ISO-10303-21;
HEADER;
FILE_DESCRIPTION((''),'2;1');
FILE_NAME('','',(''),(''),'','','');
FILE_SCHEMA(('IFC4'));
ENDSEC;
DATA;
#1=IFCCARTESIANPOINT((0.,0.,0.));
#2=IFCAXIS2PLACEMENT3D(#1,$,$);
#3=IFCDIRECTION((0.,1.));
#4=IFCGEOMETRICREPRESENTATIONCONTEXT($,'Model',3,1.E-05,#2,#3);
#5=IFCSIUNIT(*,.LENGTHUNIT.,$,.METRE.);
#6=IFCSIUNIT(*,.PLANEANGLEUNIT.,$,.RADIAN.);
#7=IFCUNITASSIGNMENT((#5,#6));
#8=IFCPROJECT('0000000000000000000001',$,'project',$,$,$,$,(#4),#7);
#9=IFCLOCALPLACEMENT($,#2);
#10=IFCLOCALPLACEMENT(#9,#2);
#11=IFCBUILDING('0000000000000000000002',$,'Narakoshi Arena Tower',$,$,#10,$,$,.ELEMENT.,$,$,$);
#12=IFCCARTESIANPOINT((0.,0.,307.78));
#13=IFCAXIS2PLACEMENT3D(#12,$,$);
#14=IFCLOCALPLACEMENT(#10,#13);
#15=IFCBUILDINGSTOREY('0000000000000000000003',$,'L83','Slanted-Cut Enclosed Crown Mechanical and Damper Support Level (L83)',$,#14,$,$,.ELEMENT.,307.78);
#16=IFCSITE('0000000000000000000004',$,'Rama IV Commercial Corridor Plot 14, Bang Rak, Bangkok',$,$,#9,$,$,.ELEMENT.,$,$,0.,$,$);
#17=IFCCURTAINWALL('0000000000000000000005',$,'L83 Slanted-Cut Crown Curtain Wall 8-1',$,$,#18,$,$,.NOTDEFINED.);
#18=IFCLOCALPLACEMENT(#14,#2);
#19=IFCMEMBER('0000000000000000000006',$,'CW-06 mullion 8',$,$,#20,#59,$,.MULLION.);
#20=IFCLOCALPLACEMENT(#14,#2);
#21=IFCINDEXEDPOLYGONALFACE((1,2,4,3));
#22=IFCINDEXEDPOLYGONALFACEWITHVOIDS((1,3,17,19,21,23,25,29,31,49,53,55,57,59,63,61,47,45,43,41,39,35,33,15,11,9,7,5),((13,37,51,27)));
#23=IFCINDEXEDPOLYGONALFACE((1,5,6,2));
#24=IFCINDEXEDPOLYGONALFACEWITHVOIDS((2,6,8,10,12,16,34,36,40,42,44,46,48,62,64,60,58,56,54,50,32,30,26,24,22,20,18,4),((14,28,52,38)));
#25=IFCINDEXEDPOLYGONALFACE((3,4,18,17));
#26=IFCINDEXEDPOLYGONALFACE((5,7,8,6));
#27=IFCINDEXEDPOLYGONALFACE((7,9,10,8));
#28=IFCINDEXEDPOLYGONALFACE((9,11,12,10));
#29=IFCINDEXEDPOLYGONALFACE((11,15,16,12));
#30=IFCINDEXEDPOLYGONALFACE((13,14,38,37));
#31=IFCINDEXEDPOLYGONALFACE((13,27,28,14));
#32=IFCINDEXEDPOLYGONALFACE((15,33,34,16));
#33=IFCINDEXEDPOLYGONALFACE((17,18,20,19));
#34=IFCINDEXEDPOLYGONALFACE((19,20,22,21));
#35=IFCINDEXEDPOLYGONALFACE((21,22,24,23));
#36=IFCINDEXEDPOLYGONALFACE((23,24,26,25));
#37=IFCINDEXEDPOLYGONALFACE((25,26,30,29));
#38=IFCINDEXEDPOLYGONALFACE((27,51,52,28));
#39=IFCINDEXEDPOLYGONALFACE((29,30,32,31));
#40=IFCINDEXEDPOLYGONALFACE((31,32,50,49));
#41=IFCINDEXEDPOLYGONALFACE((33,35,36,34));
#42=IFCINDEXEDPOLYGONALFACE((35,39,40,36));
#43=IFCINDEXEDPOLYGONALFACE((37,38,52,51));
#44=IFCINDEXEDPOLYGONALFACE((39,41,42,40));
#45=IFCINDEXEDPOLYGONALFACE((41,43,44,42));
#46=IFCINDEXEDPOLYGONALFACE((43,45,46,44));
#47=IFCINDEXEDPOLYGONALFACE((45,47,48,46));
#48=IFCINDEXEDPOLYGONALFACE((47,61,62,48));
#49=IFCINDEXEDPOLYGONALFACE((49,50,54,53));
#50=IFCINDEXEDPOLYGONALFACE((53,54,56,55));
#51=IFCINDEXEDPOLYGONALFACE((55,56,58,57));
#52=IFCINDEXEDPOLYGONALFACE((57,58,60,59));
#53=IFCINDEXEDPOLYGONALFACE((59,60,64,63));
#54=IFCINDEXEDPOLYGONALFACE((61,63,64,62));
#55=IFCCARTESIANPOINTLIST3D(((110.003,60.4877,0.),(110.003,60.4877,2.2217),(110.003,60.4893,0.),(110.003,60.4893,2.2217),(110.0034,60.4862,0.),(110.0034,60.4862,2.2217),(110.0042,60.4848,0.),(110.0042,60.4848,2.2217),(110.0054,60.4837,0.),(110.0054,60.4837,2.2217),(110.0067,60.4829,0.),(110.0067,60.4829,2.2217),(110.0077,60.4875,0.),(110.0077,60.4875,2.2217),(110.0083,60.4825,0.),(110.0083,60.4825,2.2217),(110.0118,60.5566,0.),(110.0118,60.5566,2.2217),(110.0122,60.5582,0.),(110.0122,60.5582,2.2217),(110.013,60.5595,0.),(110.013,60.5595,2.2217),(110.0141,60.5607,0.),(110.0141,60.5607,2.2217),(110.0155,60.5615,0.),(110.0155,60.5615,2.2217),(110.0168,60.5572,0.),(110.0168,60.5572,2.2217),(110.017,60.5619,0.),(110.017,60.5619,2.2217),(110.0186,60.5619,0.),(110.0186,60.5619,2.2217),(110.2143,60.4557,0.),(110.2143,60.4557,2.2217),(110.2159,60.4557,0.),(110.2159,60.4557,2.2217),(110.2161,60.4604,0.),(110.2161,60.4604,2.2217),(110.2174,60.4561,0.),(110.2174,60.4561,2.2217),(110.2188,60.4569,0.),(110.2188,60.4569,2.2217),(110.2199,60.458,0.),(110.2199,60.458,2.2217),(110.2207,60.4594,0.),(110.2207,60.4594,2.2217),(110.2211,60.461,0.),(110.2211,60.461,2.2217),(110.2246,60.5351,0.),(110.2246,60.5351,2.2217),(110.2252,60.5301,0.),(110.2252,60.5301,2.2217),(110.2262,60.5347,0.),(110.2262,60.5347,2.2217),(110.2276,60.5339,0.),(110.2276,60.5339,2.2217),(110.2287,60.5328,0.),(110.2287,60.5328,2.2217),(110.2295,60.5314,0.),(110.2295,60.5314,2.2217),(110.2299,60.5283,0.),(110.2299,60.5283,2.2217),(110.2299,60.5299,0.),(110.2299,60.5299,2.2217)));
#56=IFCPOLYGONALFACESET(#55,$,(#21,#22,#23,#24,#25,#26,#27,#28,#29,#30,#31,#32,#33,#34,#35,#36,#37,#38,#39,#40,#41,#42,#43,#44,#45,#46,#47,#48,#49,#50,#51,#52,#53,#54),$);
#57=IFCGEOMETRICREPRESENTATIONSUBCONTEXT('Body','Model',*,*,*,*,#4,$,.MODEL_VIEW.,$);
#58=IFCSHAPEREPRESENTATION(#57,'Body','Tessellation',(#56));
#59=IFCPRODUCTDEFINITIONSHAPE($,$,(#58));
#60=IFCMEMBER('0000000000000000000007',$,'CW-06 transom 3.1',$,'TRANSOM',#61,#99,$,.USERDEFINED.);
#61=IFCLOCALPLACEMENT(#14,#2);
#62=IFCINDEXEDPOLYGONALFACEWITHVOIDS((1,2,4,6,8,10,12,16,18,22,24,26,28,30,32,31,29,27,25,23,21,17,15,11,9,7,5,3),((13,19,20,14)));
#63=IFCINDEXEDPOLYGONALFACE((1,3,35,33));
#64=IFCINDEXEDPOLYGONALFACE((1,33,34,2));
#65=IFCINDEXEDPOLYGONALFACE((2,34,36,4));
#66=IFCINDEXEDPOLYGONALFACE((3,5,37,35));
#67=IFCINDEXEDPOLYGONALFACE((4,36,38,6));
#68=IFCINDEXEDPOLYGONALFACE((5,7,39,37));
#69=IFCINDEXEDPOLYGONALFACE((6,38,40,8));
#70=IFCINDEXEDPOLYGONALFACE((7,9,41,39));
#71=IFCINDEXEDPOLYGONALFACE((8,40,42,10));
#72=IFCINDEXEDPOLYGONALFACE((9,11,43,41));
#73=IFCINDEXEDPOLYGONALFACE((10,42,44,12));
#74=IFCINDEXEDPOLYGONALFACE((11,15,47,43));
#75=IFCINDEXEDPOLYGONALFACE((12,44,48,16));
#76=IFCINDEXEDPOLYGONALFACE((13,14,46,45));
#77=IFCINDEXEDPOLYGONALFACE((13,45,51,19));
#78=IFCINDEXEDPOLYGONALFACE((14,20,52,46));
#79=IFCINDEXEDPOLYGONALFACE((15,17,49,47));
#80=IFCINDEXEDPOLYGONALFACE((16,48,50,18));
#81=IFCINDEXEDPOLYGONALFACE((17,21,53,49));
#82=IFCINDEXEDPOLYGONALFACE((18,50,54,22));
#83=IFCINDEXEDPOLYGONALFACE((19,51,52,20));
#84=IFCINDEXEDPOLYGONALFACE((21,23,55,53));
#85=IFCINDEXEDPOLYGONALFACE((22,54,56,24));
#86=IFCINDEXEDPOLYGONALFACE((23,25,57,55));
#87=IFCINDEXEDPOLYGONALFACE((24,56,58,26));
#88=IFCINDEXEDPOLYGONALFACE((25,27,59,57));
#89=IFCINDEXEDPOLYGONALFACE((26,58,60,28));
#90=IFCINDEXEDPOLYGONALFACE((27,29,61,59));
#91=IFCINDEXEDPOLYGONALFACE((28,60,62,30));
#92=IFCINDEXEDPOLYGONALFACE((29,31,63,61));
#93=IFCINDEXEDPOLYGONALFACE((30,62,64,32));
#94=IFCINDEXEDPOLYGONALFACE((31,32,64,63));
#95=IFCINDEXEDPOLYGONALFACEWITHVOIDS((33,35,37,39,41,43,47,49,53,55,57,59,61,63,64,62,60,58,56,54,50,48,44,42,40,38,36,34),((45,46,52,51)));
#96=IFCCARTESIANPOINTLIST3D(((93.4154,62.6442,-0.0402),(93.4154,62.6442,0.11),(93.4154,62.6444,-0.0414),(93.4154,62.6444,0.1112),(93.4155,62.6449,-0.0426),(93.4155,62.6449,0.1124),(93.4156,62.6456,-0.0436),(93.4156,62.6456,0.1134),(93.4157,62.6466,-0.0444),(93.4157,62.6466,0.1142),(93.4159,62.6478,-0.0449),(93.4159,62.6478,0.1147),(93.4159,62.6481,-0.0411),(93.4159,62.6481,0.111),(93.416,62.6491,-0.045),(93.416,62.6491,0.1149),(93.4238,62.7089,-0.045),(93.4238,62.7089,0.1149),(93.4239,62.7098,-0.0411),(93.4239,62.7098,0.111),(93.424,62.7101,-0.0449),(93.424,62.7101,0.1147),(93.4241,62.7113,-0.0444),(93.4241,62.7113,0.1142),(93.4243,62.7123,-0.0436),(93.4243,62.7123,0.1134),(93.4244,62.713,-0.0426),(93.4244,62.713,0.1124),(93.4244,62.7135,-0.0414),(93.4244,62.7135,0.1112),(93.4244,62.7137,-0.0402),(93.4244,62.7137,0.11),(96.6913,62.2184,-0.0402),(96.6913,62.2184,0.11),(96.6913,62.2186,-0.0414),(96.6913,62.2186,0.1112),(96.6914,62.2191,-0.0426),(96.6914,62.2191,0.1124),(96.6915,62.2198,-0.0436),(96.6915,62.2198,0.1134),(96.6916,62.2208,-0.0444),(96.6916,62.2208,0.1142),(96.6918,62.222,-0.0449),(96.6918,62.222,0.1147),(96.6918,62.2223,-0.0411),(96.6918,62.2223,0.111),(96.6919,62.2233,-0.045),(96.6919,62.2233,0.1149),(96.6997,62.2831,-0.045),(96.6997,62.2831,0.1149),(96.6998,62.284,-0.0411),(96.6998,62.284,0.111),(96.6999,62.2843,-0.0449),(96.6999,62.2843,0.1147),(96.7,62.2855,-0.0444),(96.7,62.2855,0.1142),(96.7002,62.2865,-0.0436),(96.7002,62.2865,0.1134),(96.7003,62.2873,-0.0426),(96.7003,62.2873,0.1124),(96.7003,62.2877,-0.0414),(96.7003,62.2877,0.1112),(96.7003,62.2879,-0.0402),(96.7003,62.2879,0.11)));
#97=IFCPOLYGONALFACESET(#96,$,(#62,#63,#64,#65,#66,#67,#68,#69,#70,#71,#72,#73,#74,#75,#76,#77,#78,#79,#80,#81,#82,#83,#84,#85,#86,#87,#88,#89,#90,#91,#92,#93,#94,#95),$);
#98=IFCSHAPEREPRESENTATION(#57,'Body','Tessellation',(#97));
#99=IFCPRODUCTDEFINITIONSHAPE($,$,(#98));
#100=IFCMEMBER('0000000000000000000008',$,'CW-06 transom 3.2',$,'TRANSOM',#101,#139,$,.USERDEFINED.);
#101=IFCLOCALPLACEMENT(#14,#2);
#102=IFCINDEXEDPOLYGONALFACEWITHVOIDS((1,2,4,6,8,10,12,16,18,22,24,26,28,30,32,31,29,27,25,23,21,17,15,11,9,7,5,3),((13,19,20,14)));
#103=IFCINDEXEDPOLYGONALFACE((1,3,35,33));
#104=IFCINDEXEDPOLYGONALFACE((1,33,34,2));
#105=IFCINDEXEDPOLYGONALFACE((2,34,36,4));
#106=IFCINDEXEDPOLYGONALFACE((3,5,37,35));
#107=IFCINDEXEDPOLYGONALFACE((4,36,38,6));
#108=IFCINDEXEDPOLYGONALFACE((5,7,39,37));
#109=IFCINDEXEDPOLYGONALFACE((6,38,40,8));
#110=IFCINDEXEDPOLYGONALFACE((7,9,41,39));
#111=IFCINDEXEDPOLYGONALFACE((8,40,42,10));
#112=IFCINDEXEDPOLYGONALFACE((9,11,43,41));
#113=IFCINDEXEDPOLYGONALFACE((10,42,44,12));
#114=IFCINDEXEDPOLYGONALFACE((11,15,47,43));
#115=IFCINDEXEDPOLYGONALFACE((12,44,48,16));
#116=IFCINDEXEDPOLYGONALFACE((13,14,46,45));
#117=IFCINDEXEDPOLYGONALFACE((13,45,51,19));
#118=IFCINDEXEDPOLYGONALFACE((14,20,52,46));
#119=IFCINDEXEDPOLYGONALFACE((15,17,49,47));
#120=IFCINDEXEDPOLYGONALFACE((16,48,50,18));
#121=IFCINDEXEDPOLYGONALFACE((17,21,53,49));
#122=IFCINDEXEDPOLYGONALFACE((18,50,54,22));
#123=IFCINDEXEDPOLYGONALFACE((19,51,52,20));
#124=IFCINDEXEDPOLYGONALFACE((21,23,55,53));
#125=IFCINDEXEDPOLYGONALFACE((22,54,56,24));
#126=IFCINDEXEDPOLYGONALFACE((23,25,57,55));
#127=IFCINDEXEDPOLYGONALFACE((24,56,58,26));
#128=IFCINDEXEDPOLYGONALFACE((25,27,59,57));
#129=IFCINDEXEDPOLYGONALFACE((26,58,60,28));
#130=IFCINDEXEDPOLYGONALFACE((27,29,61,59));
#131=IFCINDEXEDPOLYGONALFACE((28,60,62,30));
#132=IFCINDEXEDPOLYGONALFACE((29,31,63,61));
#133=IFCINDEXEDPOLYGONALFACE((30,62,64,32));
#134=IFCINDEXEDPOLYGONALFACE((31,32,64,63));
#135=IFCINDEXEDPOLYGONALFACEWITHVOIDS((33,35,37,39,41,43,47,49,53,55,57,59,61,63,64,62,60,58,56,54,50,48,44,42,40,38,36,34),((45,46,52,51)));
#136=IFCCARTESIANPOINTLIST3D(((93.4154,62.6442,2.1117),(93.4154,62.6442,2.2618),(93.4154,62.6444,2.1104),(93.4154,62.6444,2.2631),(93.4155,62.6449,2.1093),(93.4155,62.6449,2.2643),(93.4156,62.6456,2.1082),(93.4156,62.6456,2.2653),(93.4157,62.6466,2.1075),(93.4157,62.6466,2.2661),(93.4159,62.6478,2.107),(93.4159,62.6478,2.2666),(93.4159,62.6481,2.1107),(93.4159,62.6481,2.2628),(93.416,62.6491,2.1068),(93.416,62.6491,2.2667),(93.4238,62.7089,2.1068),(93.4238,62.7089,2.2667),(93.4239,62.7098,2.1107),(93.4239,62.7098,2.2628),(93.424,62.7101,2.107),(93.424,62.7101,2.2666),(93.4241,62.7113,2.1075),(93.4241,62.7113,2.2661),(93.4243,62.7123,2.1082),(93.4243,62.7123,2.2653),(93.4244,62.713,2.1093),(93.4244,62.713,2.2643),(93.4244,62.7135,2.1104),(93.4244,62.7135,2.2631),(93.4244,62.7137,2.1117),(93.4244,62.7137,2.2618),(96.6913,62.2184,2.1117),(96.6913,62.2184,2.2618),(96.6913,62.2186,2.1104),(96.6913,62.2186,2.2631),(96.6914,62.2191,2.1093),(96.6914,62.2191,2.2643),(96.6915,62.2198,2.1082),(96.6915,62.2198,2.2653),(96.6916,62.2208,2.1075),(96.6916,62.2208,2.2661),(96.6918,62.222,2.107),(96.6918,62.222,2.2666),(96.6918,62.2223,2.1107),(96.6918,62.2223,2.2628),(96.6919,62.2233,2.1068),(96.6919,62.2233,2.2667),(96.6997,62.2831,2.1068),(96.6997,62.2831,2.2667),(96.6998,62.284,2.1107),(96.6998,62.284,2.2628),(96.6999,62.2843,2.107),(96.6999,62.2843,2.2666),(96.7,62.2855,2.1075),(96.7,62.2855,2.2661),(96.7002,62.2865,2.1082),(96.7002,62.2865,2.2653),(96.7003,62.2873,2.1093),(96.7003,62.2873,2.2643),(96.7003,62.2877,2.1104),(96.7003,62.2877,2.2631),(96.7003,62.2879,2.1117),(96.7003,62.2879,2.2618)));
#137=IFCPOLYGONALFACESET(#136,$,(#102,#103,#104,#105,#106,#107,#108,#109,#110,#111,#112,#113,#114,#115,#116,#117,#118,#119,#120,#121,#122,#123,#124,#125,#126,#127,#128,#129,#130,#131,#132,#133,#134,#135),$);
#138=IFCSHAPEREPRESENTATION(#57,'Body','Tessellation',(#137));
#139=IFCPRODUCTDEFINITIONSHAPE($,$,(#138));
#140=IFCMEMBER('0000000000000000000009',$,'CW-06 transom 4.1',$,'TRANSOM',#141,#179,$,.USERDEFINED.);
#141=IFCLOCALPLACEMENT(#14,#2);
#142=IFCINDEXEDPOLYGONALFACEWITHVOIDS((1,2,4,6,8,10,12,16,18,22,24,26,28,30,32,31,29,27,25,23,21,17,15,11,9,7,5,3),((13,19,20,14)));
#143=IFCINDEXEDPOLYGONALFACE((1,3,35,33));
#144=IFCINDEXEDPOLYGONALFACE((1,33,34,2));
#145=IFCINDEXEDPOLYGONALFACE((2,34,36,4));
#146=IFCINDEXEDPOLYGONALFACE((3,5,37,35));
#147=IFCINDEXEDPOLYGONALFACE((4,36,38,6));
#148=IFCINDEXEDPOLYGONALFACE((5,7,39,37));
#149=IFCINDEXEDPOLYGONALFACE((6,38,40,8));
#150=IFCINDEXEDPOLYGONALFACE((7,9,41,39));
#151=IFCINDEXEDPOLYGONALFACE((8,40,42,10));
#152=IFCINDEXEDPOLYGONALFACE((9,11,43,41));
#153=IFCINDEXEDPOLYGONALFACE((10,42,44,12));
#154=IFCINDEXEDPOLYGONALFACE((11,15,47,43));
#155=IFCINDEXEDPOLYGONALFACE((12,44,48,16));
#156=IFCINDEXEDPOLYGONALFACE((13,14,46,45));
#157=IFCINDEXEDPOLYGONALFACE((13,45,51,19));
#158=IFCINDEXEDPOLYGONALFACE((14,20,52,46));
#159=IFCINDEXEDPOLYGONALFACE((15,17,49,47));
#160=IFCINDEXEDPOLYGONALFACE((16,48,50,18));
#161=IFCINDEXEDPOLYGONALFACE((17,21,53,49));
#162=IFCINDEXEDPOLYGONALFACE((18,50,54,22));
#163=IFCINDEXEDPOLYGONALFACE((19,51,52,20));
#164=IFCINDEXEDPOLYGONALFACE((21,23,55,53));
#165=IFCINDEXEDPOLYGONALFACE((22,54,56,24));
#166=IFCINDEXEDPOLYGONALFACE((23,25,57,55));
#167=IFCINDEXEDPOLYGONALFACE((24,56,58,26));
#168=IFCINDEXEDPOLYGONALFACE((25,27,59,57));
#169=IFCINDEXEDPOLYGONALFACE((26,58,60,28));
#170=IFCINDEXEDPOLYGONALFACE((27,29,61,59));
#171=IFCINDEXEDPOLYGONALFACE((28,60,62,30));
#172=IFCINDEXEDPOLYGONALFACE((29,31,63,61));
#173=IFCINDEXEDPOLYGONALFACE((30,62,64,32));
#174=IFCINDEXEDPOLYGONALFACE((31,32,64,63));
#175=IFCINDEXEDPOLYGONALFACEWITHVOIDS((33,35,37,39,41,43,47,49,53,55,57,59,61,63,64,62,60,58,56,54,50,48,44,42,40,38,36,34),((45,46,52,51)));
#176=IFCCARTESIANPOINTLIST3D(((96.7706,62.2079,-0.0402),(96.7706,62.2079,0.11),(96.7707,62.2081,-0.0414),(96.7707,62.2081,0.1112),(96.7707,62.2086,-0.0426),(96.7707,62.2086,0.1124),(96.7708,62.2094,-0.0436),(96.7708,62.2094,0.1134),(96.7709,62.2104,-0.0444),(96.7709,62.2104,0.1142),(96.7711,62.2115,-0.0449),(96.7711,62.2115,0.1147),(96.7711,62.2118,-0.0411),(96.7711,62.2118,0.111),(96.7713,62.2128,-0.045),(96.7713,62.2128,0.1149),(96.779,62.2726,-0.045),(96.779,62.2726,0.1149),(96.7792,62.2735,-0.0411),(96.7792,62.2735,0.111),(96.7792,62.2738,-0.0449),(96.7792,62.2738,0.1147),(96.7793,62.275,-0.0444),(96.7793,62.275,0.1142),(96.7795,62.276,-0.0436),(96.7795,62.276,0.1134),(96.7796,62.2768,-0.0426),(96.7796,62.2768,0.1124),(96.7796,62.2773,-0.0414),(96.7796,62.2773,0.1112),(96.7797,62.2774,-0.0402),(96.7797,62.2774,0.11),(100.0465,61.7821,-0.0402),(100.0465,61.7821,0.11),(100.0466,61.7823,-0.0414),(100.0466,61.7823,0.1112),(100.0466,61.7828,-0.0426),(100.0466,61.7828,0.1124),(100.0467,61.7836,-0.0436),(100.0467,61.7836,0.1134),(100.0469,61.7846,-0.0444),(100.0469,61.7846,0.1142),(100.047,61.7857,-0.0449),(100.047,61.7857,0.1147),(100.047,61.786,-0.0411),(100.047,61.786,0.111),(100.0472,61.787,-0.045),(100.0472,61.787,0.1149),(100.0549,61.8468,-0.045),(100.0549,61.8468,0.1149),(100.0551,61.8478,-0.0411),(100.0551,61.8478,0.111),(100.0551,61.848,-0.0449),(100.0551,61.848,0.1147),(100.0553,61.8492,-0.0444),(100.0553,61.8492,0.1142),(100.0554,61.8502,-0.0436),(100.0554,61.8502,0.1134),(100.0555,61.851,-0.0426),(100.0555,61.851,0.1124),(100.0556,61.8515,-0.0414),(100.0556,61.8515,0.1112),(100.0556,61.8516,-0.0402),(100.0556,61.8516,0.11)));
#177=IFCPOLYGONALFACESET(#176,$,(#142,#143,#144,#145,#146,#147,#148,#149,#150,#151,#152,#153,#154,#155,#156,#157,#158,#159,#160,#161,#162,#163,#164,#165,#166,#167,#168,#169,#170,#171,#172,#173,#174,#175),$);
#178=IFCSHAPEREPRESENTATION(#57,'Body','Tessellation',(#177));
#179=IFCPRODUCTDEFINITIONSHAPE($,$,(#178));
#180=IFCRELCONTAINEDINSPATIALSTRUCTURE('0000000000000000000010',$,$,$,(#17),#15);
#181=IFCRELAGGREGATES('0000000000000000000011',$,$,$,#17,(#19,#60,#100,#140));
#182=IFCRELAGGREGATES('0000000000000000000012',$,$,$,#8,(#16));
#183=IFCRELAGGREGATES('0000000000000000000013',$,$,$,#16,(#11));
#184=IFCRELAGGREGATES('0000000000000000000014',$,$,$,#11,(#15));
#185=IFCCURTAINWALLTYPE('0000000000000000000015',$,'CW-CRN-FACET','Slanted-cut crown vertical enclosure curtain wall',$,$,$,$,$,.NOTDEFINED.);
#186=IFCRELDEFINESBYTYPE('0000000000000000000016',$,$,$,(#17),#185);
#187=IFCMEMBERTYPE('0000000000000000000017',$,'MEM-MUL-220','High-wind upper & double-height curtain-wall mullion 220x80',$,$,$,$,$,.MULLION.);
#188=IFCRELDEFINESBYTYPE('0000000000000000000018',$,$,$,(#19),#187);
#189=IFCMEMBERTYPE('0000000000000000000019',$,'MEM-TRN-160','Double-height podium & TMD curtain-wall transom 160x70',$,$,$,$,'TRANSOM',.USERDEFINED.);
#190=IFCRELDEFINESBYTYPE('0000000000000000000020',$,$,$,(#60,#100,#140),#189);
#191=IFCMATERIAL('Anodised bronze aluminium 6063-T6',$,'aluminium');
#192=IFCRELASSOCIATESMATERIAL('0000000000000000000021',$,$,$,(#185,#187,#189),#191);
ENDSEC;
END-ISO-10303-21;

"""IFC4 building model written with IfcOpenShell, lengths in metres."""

from ifc_helpers import new_model, si_unit, direction, frame, origin, origin_2d, place, context, subcontext, project, spatial, hollow_rectangle, extrude, material, material_profile, profile_set, type_object, element, aggregate, save


model = new_model("IFC4")

# Units and contexts
model_context = context("Model", 3, precision=1e-05, world=origin(), true_north=direction((0.0, 1.0)))
body_context = subcontext(model_context, "Body", "Model", "MODEL_VIEW")
ifc_project = project(units=[si_unit("LENGTHUNIT", "METRE"), si_unit("PLANEANGLEUNIT", "RADIAN")], contexts=[model_context])

# Site, building, storey
site_placement = place(None, origin())
site = spatial("IfcSite", under=ifc_project, at=site_placement, Name="Rama IV Commercial Corridor Plot 14, Bang Rak, Bangkok", CompositionType="ELEMENT", RefElevation=0.0)
building_placement = place(site_placement, origin())
building = spatial("IfcBuilding", under=site, at=building_placement, Name="Narakoshi Arena Tower", CompositionType="ELEMENT")
storey_placement = place(building_placement, frame((0.0, 0.0, 307.78)))
storey = spatial("IfcBuildingStorey", under=building, at=storey_placement, Name="L83", Description="Slanted-Cut Enclosed Crown Mechanical and Damper Support Level (L83)", CompositionType="ELEMENT", Elevation=307.78)

# Curtain wall, members
ifc_material_1 = material(Name="Anodised bronze aluminium 6063-T6", Category="aluminium")
curtain_wall_type = type_object("IfcCurtainWallType", Name="CW-CRN-FACET", Description="Slanted-cut crown vertical enclosure curtain wall", PredefinedType="NOTDEFINED", material=ifc_material_1)
curtain_wall_placement = place(storey_placement, origin())
curtain_wall = element("IfcCurtainWall", 1, at=curtain_wall_placement, inside=storey, type_object=curtain_wall_type, Name="L83 Slanted-Cut Crown Curtain Wall 8-1", PredefinedType="NOTDEFINED")
ifc_material_profile_1 = material_profile(ifc_material_1, hollow_rectangle(XDim=0.0801, YDim=0.22, WallThickness=0.0049, OuterFilletRadius=0.0061, at=origin_2d()), Name="MUL220x80x5")
ifc_profile_set_1 = profile_set([ifc_material_profile_1], Name="Anodised bronze aluminium 6063-T6")
member_type_1 = type_object("IfcMemberType", Name="MEM-MUL-220", Description="High-wind upper & double-height curtain-wall mullion 220x80", PredefinedType="MULLION", material=ifc_profile_set_1)
member_1_placement = place(storey_placement, frame((110.1165, 60.5088, 0.0), z_axis=(0.0, 0.0, 1.0), x_axis=(0.12889, 0.991659, 0.0)))
member_1 = element("IfcMember", 2, at=member_1_placement, type_object=member_type_1, Name="CW-06 mullion 8", PredefinedType="MULLION", context=body_context, shape_type="SweptSolid", body=[
    extrude(hollow_rectangle(XDim=0.0801, YDim=0.22, WallThickness=0.0049, OuterFilletRadius=0.0061, at=origin_2d()), origin(), (0.0, 0.0, 1.0), 2.2217),
])
ifc_material_profile_2 = material_profile(ifc_material_1, hollow_rectangle(XDim=0.0701, YDim=0.1599, WallThickness=0.0039, OuterFilletRadius=0.0049, at=origin_2d()), Name="TRN160x70x4")
ifc_profile_set_2 = profile_set([ifc_material_profile_2], Name="Anodised bronze aluminium 6063-T6")
member_type_2 = type_object("IfcMemberType", Name="MEM-TRN-160", Description="Double-height podium & TMD curtain-wall transom 160x70", ElementType="TRANSOM", PredefinedType="USERDEFINED", material=ifc_profile_set_2)
member_2_placement = place(storey_placement, frame((93.4199, 62.679, 0.0349), z_axis=(0.991659, -0.128891, 0.0), x_axis=(0.128891, 0.991659, 0.0)))
member_2 = element("IfcMember", 3, at=member_2_placement, type_object=member_type_2, Name="CW-06 transom 3.1", ObjectType="TRANSOM", PredefinedType="USERDEFINED", context=body_context, shape_type="SweptSolid", body=[
    extrude(hollow_rectangle(XDim=0.0701, YDim=0.1599, WallThickness=0.0039, OuterFilletRadius=0.0049, at=origin_2d()), origin(), (0.0, 0.0, 1.0), 3.3035),
])
member_3_placement = place(storey_placement, frame((93.4199, 62.679, 2.1868), z_axis=(0.991659, -0.128891, 0.0), x_axis=(0.128891, 0.991659, 0.0)))
member_3 = element("IfcMember", 4, at=member_3_placement, type_object=member_type_2, Name="CW-06 transom 3.2", ObjectType="TRANSOM", PredefinedType="USERDEFINED", context=body_context, shape_type="SweptSolid", body=[
    extrude(hollow_rectangle(XDim=0.0701, YDim=0.1599, WallThickness=0.0039, OuterFilletRadius=0.0049, at=origin_2d()), origin(), (0.0, 0.0, 1.0), 3.3035),
])
member_4_placement = place(storey_placement, frame((96.7751, 62.2427, 0.0349), z_axis=(0.991659, -0.128891, 0.0), x_axis=(0.128891, 0.991659, 0.0)))
member_4 = element("IfcMember", 5, at=member_4_placement, type_object=member_type_2, Name="CW-06 transom 4.1", ObjectType="TRANSOM", PredefinedType="USERDEFINED", context=body_context, shape_type="SweptSolid", body=[
    extrude(hollow_rectangle(XDim=0.0701, YDim=0.1599, WallThickness=0.0039, OuterFilletRadius=0.0049, at=origin_2d()), origin(), (0.0, 0.0, 1.0), 3.3035),
])
aggregate(curtain_wall, [member_1, member_2, member_3, member_4])

save(model, "model.ifc")
